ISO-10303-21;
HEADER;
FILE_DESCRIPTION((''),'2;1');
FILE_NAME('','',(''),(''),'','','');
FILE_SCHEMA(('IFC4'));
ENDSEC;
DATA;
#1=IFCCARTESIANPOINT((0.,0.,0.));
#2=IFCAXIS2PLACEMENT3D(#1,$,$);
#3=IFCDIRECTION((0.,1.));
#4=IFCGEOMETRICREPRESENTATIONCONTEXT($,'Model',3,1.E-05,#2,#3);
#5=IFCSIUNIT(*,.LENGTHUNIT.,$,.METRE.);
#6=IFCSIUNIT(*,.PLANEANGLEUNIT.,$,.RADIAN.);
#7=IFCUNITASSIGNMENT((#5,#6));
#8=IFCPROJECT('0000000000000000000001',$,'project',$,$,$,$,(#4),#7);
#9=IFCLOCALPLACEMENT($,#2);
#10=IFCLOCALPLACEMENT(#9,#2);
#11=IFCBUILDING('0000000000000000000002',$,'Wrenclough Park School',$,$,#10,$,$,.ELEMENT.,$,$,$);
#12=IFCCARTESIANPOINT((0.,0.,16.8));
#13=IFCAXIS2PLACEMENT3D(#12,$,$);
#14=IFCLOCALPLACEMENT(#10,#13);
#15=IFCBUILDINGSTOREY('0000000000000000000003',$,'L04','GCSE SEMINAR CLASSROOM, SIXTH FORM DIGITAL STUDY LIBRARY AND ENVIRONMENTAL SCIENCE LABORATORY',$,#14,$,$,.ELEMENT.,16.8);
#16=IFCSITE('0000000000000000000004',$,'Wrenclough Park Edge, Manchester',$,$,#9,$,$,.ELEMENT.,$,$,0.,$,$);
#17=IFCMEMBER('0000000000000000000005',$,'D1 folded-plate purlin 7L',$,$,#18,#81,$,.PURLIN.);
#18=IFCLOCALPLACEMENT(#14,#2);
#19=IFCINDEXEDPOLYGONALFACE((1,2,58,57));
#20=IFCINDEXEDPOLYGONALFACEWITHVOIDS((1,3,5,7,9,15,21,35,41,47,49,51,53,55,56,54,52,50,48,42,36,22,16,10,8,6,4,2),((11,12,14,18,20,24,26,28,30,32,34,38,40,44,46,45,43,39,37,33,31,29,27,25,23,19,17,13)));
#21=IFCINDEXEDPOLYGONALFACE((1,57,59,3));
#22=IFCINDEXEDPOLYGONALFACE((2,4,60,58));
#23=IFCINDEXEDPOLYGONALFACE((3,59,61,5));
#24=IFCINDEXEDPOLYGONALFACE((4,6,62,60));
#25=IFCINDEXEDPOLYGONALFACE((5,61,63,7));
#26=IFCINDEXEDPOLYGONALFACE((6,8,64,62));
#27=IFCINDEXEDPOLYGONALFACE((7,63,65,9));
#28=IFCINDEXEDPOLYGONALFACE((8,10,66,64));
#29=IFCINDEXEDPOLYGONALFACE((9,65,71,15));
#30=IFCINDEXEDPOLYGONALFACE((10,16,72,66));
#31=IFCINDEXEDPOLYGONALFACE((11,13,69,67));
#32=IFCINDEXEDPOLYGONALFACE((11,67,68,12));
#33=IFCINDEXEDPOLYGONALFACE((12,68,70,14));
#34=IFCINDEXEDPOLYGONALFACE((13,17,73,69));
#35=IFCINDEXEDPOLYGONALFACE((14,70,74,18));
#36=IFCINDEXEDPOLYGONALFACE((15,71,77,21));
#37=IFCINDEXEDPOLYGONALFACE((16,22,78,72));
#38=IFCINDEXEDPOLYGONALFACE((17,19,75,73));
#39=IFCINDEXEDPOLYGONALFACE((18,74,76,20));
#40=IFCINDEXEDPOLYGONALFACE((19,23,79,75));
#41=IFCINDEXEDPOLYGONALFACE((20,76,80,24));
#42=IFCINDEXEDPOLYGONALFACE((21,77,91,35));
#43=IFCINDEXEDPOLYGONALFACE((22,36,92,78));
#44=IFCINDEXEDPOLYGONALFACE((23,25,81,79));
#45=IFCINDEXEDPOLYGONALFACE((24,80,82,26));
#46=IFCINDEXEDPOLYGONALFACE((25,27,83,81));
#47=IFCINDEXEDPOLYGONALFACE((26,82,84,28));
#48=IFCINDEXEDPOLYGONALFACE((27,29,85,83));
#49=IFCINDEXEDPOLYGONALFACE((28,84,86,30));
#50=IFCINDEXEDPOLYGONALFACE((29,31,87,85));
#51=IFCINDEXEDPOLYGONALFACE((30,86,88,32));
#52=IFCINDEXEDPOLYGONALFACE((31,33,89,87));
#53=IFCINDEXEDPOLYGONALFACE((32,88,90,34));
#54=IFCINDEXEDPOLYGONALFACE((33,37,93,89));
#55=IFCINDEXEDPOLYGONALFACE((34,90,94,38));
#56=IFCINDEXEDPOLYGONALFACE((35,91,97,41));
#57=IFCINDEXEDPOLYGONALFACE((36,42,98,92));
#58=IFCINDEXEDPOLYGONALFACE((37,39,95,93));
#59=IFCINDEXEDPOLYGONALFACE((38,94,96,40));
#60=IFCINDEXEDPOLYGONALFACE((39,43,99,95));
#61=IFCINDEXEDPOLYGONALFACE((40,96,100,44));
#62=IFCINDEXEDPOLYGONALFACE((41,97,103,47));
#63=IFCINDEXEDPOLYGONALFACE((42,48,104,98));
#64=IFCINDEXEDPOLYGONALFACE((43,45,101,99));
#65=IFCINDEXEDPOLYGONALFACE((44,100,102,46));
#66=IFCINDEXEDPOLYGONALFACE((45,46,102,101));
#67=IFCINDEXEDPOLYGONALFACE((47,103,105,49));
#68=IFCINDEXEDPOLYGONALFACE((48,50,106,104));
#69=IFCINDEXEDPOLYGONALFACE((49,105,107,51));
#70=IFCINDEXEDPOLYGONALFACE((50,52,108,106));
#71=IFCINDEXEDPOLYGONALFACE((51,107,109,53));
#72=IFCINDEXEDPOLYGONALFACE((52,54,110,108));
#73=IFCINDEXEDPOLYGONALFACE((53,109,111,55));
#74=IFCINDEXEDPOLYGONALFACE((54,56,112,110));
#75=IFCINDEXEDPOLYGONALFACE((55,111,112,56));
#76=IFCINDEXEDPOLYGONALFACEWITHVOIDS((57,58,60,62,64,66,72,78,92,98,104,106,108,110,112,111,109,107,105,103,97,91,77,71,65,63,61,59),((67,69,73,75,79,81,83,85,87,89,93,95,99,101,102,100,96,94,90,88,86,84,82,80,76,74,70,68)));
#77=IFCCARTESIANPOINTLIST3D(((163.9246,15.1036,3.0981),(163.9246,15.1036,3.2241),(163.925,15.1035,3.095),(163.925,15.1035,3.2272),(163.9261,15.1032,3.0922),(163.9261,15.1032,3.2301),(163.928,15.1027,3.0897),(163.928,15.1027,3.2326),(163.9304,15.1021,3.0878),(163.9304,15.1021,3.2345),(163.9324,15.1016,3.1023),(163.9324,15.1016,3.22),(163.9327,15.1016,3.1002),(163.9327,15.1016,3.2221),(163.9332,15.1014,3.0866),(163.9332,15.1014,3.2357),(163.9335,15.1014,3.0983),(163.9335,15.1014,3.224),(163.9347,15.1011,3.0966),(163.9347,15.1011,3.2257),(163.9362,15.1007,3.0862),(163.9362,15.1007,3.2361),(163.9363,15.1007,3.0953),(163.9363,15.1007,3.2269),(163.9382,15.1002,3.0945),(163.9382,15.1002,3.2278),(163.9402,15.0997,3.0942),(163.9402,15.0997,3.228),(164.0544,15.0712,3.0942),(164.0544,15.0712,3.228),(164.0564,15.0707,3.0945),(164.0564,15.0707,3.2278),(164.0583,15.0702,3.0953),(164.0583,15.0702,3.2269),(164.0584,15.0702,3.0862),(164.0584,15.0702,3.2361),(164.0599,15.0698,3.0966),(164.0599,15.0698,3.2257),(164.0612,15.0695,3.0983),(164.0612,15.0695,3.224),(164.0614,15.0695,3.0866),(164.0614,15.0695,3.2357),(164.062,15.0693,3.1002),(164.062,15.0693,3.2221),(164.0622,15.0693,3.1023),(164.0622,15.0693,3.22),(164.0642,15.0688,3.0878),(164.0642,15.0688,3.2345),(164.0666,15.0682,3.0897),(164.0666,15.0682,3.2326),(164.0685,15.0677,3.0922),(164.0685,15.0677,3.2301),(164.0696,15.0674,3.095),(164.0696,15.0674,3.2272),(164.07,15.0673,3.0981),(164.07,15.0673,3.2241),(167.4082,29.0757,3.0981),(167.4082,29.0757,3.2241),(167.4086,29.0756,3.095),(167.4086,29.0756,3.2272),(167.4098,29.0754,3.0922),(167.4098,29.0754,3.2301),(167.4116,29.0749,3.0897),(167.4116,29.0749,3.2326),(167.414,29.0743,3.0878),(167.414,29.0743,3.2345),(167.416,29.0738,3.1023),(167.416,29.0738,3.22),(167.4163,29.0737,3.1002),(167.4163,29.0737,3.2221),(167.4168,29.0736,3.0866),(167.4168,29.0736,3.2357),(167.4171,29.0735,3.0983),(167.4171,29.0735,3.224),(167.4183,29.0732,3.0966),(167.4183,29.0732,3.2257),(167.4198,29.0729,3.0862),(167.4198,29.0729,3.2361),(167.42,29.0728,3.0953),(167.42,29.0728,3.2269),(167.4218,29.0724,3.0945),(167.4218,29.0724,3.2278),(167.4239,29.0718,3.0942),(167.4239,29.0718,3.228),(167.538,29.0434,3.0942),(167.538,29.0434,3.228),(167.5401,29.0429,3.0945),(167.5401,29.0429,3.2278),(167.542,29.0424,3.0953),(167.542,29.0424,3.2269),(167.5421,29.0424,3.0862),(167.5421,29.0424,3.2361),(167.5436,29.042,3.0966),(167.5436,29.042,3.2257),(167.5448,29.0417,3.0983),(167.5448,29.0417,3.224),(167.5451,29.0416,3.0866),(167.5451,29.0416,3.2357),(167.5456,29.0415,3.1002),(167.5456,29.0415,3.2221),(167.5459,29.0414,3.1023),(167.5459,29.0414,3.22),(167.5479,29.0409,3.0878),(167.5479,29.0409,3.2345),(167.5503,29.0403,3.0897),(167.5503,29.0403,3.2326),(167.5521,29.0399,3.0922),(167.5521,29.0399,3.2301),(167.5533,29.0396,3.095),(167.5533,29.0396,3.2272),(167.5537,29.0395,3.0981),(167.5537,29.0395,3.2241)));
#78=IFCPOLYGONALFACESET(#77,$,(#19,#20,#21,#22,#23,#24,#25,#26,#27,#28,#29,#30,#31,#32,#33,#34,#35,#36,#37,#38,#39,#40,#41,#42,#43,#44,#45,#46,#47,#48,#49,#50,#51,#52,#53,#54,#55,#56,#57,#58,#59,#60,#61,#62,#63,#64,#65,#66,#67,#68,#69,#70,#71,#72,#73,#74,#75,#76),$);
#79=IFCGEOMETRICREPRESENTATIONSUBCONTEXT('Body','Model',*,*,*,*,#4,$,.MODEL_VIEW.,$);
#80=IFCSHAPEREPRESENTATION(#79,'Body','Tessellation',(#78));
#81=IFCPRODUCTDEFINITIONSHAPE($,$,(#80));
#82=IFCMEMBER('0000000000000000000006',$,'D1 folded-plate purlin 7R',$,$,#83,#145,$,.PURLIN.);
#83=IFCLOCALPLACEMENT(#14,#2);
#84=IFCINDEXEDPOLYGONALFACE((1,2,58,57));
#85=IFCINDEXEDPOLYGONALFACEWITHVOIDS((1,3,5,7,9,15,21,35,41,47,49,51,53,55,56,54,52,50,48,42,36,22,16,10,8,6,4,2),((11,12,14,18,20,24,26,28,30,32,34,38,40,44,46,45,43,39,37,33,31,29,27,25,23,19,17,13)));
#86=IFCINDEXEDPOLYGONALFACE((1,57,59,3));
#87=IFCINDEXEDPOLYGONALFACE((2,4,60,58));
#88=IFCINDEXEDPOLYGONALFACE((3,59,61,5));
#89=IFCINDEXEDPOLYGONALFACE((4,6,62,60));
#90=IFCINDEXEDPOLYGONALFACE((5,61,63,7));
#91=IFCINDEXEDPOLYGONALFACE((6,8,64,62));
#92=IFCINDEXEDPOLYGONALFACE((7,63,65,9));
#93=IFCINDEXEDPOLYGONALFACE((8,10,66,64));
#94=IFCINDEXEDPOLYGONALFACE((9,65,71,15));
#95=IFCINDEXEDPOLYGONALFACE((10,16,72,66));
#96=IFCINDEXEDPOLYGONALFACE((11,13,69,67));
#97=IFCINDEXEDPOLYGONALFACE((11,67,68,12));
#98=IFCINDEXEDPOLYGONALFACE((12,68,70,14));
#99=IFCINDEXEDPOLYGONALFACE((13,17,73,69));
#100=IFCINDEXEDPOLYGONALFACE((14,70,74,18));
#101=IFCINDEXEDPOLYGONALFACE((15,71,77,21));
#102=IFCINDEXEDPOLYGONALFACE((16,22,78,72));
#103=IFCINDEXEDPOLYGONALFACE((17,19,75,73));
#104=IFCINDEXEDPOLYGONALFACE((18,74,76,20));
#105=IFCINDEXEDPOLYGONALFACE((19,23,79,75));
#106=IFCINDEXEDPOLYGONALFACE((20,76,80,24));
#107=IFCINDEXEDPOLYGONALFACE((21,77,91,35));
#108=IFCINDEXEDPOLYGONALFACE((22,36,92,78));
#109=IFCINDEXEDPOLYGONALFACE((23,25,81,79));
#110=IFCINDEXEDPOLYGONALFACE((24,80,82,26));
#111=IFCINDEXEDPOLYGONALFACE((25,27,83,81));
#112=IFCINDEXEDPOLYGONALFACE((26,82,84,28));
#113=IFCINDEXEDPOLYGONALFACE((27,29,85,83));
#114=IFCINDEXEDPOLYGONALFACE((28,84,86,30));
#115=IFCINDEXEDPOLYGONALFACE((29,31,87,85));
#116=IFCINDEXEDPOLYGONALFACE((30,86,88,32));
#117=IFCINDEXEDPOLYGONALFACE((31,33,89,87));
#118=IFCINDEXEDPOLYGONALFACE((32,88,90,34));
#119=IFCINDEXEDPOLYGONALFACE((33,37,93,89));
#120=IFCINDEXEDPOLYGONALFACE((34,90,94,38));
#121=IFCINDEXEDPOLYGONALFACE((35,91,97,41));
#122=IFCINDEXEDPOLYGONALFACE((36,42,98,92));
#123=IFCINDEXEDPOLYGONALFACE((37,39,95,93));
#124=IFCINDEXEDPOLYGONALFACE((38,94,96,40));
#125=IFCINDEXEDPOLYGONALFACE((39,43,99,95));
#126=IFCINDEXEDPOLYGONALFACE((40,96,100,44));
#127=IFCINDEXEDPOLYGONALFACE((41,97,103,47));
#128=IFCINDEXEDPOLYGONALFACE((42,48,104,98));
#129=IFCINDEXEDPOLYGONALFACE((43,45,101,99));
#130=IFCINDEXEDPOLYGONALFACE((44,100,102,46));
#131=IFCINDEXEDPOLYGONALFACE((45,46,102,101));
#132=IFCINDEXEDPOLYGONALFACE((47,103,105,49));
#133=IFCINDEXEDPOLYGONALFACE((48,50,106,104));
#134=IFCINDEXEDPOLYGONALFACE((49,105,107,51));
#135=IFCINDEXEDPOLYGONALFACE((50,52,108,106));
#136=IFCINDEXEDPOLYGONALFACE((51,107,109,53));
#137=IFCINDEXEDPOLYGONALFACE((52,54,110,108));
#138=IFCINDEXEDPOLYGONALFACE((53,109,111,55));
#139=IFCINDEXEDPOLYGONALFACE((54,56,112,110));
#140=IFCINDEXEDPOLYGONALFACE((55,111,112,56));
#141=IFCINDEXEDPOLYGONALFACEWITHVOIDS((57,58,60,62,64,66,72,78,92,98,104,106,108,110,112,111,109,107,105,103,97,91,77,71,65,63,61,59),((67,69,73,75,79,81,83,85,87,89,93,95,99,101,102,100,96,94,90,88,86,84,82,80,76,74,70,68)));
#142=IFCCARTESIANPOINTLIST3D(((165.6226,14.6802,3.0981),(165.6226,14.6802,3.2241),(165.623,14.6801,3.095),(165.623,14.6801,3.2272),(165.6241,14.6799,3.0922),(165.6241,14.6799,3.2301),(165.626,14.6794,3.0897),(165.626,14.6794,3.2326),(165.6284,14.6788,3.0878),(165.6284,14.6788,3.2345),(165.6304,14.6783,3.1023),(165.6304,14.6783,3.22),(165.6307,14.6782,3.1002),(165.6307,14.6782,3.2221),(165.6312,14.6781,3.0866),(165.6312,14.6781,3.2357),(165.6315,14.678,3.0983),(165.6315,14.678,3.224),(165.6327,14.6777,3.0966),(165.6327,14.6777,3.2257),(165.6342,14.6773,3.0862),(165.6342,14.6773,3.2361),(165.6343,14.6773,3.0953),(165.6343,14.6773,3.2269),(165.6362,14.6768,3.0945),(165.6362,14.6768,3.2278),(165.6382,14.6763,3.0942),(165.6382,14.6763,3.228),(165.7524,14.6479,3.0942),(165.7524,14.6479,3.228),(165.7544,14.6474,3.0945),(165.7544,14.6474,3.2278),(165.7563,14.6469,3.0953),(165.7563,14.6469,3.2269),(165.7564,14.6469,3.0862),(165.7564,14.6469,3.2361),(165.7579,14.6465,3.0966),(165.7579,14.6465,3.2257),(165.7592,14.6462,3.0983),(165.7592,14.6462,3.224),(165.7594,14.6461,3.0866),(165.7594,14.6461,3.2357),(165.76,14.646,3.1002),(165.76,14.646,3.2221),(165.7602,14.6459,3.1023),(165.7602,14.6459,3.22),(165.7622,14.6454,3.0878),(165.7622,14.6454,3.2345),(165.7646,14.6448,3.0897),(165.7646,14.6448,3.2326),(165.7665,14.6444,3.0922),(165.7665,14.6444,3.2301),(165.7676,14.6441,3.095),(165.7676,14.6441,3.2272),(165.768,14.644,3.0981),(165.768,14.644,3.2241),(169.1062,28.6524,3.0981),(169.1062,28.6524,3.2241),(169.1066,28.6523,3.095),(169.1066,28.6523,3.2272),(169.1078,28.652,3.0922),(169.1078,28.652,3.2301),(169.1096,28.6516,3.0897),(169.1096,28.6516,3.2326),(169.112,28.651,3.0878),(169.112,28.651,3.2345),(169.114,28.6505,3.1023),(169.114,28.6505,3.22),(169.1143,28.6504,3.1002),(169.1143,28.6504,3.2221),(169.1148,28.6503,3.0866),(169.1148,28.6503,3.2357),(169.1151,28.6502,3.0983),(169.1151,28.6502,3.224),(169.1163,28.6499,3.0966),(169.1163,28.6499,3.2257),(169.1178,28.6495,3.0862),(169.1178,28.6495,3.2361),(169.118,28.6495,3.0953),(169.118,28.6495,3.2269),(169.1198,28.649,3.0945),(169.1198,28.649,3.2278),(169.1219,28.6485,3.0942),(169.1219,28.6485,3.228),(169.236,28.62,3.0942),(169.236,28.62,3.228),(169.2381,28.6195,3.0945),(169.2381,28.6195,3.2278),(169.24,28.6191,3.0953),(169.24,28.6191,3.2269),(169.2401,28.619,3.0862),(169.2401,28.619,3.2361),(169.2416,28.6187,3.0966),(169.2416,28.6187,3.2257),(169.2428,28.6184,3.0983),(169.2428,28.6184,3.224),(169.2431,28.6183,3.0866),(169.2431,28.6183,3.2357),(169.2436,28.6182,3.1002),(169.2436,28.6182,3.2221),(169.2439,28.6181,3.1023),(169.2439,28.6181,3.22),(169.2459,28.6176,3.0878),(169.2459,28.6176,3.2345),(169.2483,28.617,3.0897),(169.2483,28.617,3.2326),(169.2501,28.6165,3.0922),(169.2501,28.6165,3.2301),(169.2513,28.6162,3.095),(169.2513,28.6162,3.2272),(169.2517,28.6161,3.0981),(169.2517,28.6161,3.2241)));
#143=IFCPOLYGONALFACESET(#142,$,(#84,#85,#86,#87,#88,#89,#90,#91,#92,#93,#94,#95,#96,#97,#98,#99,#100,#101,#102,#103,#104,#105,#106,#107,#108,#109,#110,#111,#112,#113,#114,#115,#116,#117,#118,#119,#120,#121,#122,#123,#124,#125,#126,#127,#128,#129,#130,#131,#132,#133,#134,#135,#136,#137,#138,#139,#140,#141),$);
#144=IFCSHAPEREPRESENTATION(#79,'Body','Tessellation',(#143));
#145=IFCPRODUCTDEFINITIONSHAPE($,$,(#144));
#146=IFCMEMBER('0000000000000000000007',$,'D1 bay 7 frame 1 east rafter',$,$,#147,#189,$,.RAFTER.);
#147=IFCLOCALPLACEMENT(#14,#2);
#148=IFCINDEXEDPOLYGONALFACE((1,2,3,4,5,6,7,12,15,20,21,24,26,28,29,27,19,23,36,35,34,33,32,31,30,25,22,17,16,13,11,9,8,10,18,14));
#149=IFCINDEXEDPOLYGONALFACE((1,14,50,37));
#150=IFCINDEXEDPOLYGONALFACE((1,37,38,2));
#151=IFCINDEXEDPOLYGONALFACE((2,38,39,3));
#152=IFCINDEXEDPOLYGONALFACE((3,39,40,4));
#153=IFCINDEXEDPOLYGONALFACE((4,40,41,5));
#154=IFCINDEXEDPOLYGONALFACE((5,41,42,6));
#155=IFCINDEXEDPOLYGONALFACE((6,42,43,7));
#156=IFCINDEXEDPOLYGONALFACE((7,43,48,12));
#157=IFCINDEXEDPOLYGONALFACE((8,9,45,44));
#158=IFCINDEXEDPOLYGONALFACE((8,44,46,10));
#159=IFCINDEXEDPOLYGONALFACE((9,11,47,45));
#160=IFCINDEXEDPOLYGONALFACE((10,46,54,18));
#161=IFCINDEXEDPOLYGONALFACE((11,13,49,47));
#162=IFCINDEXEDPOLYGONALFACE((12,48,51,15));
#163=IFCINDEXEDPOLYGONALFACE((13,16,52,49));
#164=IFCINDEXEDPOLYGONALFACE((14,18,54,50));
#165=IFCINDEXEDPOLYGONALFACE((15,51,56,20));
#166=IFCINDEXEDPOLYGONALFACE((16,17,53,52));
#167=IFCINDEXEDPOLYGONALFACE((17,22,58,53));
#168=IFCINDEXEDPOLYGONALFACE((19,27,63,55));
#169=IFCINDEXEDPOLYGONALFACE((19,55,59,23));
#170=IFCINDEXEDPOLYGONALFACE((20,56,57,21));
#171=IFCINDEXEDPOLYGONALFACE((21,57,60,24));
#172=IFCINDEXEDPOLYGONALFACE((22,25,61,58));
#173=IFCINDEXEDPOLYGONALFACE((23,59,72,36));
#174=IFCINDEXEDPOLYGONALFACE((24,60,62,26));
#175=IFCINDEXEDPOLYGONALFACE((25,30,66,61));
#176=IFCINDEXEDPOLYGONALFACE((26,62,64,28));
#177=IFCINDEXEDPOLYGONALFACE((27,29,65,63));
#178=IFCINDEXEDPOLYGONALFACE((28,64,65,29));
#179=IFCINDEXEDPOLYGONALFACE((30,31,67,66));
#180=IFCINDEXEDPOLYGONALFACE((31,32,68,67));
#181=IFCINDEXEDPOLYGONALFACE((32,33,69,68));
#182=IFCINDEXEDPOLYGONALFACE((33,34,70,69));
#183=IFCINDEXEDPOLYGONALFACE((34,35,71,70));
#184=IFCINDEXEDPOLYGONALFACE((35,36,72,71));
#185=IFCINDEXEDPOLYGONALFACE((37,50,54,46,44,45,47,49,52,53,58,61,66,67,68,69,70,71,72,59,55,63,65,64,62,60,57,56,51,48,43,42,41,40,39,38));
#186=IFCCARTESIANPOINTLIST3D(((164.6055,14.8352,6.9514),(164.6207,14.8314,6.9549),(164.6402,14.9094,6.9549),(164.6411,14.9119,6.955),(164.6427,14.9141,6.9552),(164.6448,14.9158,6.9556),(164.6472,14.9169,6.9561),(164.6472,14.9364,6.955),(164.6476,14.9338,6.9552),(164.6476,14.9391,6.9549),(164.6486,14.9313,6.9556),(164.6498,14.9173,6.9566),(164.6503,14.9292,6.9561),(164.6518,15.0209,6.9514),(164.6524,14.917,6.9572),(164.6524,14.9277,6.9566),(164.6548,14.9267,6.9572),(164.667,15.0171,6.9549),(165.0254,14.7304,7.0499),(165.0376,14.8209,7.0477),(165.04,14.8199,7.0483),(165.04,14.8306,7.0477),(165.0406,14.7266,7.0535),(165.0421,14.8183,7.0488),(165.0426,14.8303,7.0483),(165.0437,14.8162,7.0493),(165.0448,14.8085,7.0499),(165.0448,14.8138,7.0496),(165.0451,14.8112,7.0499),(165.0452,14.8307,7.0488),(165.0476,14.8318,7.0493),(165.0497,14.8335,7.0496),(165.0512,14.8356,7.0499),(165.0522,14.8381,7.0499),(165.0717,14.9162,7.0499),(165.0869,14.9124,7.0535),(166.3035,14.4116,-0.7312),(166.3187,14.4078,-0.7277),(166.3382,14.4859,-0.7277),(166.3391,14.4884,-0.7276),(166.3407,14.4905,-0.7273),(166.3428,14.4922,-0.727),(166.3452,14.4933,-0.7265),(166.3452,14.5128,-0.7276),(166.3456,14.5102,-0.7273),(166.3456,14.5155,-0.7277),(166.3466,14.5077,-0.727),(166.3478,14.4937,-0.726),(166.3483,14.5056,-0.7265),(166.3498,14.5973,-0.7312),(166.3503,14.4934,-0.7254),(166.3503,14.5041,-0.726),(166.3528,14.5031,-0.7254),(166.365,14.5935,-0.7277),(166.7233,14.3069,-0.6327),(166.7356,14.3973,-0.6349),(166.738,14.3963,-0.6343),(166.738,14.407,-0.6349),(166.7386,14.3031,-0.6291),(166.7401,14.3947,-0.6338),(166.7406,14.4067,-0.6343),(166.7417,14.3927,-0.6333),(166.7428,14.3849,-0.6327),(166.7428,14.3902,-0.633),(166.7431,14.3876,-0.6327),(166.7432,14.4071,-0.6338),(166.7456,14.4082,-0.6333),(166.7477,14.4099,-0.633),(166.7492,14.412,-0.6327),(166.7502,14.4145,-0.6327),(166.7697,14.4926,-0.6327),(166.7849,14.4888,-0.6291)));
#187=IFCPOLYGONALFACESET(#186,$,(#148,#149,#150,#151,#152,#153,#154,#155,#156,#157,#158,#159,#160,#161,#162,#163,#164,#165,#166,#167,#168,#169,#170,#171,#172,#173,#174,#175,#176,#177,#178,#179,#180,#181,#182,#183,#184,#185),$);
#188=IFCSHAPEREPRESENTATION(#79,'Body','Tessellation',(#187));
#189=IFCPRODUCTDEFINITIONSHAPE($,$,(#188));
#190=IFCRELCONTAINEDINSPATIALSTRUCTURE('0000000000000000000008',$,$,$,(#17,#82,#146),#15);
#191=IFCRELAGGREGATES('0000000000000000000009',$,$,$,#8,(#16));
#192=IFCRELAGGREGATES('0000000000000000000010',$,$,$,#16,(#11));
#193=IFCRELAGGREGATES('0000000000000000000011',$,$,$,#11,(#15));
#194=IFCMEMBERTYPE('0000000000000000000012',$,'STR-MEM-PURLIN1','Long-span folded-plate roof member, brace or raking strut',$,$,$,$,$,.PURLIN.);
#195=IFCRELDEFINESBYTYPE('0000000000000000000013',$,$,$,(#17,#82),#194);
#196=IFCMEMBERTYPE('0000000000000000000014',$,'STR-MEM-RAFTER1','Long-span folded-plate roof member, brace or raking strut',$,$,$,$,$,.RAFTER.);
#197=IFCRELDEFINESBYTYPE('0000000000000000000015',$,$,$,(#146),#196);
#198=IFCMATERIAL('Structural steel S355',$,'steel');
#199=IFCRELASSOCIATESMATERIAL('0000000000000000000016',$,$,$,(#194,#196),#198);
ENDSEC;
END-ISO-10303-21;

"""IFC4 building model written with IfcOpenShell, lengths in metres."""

from ifc_helpers import new_model, si_unit, direction, frame, origin, origin_2d, place, context, subcontext, project, spatial, hollow_rectangle, i_section, extrude, material, material_profile, profile_set, type_object, element, save


model = new_model("IFC4")

# Units and contexts
model_context = context("Model", 3, precision=1e-05, world=origin(), true_north=direction((0.0, 1.0)))
body_context = subcontext(model_context, "Body", "Model", "MODEL_VIEW")
ifc_project = project(units=[si_unit("LENGTHUNIT", "METRE"), si_unit("PLANEANGLEUNIT", "RADIAN")], contexts=[model_context])

# Site, building, storey
site_placement = place(None, origin())
site = spatial("IfcSite", under=ifc_project, at=site_placement, Name="Wrenclough Park Edge, Manchester", CompositionType="ELEMENT", RefElevation=0.0)
building_placement = place(site_placement, origin())
building = spatial("IfcBuilding", under=site, at=building_placement, Name="Wrenclough Park School", CompositionType="ELEMENT")
storey_placement = place(building_placement, frame((0.0, 0.0, 16.8)))
storey = spatial("IfcBuildingStorey", under=building, at=storey_placement, Name="L04", Description="GCSE SEMINAR CLASSROOM, SIXTH FORM DIGITAL STUDY LIBRARY AND ENVIRONMENTAL SCIENCE LABORATORY", CompositionType="ELEMENT", Elevation=16.8)

# Shared definitions
ifc_material_1 = material(Name="Structural steel S355", Category="steel")

# Members
ifc_material_profile_1 = material_profile(ifc_material_1, hollow_rectangle(XDim=0.1499, YDim=0.1499, WallThickness=0.0081, InnerFilletRadius=0.0081, OuterFilletRadius=0.012, at=origin_2d()), Name="SHS 150x150x8.0")
ifc_profile_set_1 = profile_set([ifc_material_profile_1], Name="Structural steel S355")
member_type_1 = type_object("IfcMemberType", Name="STR-MEM-PURLIN1", Description="Long-span folded-plate roof member, brace or raking strut", PredefinedType="PURLIN", material=ifc_profile_set_1)
for number, where, z_axis, x_axis, name in (
    (1, (163.9973, 15.0854, 3.1611), (0.241921, 0.970296, 0.0), (-0.970296, 0.241921, 0.0), "D1 folded-plate purlin 7L"),
    (2, (165.6953, 14.6621, 3.1611), (0.241921, 0.970296, 0.0), (-0.970296, 0.241921, 0.0), "D1 folded-plate purlin 7R"),
):
    element("IfcMember", number, at=place(storey_placement, frame(where, z_axis=z_axis, x_axis=x_axis)), inside=storey, type_object=member_type_1, Name=name, PredefinedType="PURLIN", context=body_context, shape_type="SweptSolid", body=[
        extrude(hollow_rectangle(XDim=0.1499, YDim=0.1499, WallThickness=0.0081, InnerFilletRadius=0.0081, OuterFilletRadius=0.012, at=origin_2d()), origin(), (0.0, 0.0, 1.0), 14.3999),
    ])
ifc_material_profile_2 = material_profile(ifc_material_1, i_section(OverallWidth=0.1914, OverallDepth=0.46, WebThickness=0.01, FlangeThickness=0.0161, FilletRadius=0.0103, at=origin_2d()), Name="UKB 457x191x82")
ifc_profile_set_2 = profile_set([ifc_material_profile_2], Name="Structural steel S355")
member_type_2 = type_object("IfcMemberType", Name="STR-MEM-RAFTER1", Description="Long-span folded-plate roof member, brace or raking strut", PredefinedType="RAFTER", material=ifc_profile_set_2)
member_1_placement = place(storey_placement, frame((164.8462, 14.8738, 7.0024), z_axis=(0.215498, -0.053758, -0.975023), x_axis=(0.242043, 0.970265, 0.0)))
element("IfcMember", 3, at=member_1_placement, inside=storey, type_object=member_type_2, Name="D1 bay 7 frame 1 east rafter", PredefinedType="RAFTER", context=body_context, shape_type="SweptSolid", body=[
    extrude(i_section(OverallWidth=0.1914, OverallDepth=0.46, WebThickness=0.01, FlangeThickness=0.0161, FilletRadius=0.0103, at=origin_2d()), origin(), (0.0, 0.0, 1.0), 7.8794),
])

save(model, "model.ifc")
